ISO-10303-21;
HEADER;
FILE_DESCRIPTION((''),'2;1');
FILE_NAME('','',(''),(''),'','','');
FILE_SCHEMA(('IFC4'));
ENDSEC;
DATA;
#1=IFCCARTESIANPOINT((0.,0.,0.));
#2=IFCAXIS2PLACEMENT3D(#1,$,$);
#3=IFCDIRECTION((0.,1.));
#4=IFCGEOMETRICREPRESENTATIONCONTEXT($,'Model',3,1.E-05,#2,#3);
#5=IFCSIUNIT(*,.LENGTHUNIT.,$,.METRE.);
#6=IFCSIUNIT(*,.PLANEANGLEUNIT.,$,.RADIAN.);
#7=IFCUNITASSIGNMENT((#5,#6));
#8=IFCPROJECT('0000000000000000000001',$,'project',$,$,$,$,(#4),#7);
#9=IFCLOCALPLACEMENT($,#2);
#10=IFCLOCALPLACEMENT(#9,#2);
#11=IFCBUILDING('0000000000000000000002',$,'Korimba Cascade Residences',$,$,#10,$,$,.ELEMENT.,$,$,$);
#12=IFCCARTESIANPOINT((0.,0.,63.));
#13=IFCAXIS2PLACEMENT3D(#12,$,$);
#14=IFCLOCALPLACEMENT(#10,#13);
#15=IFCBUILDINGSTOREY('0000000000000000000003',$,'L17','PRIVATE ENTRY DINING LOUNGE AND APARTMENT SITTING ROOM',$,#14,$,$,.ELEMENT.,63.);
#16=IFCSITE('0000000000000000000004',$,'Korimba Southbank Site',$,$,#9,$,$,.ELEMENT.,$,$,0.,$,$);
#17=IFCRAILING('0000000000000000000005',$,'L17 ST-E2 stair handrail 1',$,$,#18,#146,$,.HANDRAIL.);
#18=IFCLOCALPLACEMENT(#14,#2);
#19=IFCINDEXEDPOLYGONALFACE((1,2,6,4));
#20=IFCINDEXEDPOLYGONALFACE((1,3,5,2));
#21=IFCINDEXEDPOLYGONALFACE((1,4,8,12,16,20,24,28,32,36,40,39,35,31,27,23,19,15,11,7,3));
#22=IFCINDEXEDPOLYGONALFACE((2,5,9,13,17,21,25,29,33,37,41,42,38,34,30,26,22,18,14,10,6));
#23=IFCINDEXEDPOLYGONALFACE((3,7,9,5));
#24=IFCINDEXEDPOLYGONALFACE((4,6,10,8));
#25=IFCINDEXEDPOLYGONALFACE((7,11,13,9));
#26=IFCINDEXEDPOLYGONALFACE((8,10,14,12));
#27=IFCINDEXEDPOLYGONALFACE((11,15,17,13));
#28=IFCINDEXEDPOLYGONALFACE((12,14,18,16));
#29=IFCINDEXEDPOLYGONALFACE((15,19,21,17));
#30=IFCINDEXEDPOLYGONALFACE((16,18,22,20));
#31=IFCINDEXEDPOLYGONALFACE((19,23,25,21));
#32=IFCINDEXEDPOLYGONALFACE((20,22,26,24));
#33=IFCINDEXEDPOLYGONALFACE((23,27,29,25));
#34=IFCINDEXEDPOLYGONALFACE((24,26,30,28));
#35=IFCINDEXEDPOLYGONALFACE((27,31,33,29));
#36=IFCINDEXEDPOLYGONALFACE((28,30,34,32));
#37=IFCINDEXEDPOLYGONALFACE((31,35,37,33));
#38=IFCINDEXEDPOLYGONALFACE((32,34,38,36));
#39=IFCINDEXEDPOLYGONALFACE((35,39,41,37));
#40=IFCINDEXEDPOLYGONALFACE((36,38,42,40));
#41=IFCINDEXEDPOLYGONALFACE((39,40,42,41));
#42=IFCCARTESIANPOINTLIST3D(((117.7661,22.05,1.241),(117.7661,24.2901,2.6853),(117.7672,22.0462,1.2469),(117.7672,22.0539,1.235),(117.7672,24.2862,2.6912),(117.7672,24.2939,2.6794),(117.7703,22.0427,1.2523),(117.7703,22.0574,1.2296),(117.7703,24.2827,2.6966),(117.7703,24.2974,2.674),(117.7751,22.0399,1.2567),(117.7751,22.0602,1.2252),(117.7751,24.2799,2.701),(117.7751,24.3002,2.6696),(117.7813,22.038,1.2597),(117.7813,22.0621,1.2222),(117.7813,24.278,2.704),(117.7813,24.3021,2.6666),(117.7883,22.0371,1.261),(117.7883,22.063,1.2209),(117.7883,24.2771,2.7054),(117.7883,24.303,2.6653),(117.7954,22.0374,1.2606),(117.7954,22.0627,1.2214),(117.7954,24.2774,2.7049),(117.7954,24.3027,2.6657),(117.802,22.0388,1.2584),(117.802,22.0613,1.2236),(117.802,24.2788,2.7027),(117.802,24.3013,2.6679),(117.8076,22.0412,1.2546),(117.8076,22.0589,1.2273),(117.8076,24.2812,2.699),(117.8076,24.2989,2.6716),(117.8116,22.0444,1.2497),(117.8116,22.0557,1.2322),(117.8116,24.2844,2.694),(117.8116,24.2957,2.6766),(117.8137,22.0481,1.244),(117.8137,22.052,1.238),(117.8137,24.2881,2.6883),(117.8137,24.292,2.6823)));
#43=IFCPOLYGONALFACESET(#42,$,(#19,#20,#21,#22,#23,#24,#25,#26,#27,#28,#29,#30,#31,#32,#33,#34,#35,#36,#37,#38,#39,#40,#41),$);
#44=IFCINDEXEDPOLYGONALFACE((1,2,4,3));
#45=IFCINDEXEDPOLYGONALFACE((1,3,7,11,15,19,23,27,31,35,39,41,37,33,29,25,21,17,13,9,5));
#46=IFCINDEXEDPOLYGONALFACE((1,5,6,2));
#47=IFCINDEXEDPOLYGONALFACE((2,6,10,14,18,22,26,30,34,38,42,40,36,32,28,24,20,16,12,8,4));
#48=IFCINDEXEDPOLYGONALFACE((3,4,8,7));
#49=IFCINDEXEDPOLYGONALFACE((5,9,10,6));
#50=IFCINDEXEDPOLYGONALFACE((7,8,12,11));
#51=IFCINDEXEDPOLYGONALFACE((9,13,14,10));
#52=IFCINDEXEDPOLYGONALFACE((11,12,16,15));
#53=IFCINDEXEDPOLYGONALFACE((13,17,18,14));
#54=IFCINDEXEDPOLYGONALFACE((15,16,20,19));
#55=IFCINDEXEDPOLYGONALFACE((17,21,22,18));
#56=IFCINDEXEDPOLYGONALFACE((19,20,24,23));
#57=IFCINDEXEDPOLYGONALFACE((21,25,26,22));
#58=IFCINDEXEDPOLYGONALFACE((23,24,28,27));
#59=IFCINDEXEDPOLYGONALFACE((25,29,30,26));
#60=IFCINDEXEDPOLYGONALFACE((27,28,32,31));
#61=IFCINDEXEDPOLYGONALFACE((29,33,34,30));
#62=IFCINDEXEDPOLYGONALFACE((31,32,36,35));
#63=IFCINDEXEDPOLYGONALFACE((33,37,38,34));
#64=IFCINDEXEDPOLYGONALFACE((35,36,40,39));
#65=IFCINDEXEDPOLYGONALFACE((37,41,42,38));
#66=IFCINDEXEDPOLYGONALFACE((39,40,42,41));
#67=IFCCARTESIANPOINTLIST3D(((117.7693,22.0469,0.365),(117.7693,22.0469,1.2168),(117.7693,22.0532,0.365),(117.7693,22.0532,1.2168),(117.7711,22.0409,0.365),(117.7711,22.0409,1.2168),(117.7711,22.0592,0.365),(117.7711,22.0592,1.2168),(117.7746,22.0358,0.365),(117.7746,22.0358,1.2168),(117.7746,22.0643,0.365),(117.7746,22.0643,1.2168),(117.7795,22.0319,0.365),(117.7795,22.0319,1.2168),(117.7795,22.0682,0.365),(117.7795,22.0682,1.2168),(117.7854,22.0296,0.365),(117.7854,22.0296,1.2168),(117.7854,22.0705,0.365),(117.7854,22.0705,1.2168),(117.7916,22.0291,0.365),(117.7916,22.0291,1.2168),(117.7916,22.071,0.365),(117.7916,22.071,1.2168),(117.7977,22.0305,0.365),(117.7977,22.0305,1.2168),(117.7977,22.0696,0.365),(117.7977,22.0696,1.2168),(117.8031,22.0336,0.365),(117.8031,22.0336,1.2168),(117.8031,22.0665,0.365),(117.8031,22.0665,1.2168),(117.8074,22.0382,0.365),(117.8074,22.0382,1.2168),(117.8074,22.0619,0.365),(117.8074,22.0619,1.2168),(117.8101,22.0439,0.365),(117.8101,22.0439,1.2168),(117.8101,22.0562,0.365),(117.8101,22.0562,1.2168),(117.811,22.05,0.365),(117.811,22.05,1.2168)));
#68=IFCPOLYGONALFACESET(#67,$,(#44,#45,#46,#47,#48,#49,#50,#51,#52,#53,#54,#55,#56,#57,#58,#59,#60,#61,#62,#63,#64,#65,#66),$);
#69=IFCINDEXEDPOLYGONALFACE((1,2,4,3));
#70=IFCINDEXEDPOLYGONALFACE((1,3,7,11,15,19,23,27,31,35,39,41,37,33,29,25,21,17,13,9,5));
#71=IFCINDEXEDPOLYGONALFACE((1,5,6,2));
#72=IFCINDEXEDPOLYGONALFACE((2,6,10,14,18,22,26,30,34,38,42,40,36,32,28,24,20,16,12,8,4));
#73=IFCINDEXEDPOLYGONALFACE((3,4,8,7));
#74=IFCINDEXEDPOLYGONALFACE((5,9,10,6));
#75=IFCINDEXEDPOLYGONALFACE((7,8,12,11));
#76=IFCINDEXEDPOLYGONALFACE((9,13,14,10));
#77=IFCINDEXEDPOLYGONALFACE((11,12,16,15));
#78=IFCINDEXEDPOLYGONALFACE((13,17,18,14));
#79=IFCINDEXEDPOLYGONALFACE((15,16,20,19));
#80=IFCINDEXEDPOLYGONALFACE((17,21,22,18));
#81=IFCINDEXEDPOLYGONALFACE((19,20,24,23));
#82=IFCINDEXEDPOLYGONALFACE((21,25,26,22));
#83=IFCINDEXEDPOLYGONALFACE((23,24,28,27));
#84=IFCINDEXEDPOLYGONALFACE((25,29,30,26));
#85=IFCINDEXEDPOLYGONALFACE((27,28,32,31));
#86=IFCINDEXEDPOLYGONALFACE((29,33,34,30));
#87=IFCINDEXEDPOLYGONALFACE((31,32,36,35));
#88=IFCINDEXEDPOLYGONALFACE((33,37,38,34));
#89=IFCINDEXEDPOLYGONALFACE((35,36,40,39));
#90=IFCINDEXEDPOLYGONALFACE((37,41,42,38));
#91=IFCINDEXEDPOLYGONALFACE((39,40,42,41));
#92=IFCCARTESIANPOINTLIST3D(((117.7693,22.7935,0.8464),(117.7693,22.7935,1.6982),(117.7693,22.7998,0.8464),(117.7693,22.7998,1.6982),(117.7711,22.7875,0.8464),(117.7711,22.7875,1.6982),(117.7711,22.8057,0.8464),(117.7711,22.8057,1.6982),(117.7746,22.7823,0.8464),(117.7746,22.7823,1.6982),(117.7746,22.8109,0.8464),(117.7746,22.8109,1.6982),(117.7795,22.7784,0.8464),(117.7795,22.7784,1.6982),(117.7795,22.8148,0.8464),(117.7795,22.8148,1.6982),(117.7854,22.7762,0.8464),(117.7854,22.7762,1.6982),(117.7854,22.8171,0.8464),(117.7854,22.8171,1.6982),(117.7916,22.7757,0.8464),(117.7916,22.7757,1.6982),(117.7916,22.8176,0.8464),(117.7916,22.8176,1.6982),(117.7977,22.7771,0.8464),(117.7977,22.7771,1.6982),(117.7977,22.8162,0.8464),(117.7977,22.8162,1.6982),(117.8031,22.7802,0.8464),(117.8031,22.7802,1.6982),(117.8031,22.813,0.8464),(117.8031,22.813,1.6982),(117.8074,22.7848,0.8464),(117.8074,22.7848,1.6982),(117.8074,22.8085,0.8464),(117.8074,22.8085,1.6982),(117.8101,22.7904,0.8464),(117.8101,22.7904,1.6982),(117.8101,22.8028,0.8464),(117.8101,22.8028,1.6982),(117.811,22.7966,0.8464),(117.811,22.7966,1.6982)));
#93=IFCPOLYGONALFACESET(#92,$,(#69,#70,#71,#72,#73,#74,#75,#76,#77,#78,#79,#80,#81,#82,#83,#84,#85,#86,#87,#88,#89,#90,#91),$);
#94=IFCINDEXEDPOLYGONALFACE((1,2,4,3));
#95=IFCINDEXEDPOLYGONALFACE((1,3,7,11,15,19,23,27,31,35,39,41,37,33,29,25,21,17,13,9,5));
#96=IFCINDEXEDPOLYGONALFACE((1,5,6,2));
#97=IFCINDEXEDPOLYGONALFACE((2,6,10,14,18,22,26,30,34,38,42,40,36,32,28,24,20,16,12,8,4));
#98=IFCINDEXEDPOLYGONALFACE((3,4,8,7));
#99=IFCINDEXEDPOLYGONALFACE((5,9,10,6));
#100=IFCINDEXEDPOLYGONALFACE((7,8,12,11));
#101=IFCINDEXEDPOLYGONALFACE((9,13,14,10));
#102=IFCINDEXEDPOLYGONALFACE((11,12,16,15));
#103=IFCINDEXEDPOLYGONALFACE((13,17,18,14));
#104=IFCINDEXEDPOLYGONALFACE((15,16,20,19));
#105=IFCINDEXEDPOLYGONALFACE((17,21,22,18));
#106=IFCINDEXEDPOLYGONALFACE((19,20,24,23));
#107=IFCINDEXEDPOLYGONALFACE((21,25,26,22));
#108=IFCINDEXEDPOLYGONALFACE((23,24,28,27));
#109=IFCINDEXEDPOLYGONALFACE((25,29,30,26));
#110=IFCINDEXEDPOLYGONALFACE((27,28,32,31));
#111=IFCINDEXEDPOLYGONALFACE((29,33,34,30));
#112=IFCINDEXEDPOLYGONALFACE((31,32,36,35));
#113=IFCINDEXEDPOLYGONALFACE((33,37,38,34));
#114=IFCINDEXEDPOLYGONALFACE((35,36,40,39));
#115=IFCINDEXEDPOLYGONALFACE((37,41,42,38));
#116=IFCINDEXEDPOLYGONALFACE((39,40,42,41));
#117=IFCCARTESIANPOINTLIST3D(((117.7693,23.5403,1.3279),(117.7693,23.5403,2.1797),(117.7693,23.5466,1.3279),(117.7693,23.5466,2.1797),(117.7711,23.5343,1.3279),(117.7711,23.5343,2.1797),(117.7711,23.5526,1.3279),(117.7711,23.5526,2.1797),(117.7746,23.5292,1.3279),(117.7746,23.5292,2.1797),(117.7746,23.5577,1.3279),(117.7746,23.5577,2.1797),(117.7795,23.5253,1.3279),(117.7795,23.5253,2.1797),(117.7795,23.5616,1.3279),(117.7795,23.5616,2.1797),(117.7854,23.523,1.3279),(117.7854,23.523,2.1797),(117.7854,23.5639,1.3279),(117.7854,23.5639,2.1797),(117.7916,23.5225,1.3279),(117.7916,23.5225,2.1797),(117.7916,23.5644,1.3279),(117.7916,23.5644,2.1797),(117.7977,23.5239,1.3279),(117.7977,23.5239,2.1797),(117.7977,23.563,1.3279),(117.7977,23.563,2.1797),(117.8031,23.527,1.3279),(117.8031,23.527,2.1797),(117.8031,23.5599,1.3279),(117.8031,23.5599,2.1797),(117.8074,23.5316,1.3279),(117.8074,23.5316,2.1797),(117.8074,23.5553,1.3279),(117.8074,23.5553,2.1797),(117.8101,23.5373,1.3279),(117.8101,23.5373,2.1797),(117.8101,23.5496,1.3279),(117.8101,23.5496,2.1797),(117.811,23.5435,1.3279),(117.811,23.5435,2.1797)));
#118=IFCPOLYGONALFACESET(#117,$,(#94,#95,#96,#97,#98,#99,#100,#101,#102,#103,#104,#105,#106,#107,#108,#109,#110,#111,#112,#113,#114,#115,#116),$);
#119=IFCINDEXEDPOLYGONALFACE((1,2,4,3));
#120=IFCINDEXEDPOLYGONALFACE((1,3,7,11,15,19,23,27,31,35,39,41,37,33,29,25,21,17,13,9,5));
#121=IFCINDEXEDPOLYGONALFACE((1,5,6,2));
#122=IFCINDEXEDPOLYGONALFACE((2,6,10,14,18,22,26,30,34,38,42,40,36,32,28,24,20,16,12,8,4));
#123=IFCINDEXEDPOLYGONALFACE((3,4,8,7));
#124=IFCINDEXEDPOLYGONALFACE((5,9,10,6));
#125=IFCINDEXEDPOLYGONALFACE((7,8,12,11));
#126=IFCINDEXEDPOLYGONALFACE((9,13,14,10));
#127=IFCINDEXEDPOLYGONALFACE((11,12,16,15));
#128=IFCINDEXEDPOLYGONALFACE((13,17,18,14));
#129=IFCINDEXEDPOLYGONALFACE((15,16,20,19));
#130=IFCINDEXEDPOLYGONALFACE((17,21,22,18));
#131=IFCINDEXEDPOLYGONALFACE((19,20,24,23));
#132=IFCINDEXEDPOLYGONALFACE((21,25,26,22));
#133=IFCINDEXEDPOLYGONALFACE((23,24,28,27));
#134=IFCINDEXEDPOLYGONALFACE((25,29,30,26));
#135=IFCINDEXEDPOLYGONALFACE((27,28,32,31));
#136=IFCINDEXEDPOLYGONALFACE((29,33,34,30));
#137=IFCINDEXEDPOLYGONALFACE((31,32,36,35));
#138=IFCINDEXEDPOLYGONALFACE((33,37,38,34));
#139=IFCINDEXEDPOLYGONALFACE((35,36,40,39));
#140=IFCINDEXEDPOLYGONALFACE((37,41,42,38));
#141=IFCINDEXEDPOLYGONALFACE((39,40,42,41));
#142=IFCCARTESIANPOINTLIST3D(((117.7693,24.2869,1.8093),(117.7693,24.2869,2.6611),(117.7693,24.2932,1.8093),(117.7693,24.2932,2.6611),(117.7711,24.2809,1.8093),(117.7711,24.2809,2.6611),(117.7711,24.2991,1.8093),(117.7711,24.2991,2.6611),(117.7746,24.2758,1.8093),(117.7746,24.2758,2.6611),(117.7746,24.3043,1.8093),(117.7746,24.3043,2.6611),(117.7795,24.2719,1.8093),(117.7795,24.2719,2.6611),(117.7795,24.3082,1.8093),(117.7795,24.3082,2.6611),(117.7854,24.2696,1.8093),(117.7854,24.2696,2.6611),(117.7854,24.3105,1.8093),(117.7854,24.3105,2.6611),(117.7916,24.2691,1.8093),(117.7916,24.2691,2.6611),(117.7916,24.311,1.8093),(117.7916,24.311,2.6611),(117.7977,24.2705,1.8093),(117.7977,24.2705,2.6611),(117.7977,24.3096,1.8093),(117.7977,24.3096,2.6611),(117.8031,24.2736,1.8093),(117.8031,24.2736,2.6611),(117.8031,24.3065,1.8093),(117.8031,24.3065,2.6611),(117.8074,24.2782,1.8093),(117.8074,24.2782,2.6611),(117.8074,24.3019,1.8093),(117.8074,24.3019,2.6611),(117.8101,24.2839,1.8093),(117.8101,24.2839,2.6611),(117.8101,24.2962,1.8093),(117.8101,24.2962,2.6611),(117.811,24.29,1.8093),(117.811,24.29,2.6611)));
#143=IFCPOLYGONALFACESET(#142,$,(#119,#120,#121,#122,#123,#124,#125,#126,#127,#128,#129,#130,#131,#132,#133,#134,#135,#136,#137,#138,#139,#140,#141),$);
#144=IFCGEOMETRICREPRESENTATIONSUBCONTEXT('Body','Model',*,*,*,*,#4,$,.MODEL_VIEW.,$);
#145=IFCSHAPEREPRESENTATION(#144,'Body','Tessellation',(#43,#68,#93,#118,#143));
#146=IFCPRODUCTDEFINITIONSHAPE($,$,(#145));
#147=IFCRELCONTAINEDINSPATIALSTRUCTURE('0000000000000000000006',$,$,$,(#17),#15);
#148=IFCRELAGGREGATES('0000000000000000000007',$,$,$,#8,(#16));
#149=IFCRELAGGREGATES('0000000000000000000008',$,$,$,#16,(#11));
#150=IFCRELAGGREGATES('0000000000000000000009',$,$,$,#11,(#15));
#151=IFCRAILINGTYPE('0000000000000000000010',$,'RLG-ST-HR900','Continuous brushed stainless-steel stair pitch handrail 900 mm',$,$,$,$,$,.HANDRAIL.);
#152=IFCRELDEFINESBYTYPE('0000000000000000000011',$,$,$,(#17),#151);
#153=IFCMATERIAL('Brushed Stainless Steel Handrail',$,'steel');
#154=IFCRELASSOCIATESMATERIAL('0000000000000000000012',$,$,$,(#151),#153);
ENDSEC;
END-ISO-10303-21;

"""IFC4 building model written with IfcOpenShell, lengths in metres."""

from ifc_helpers import new_model, si_unit, direction, frame, origin, origin_2d, place, context, subcontext, project, spatial, circle, extrude, material, type_object, element, save


model = new_model("IFC4")

# Units and contexts
model_context = context("Model", 3, precision=1e-05, world=origin(), true_north=direction((0.0, 1.0)))
body_context = subcontext(model_context, "Body", "Model", "MODEL_VIEW")
ifc_project = project(units=[si_unit("LENGTHUNIT", "METRE"), si_unit("PLANEANGLEUNIT", "RADIAN")], contexts=[model_context])

# Site, building, storey
site_placement = place(None, origin())
site = spatial("IfcSite", under=ifc_project, at=site_placement, Name="Korimba Southbank Site", CompositionType="ELEMENT", RefElevation=0.0)
building_placement = place(site_placement, origin())
building = spatial("IfcBuilding", under=site, at=building_placement, Name="Korimba Cascade Residences", CompositionType="ELEMENT")
storey_placement = place(building_placement, frame((0.0, 0.0, 63.0)))
storey = spatial("IfcBuildingStorey", under=building, at=storey_placement, Name="L17", Description="PRIVATE ENTRY DINING LOUNGE AND APARTMENT SITTING ROOM", CompositionType="ELEMENT", Elevation=63.0)

# Railing
ifc_material_1 = material(Name="Brushed Stainless Steel Handrail", Category="steel")
railing_type_1 = type_object("IfcRailingType", Name="RLG-ST-HR900", Description="Continuous brushed stainless-steel stair pitch handrail 900 mm", PredefinedType="HANDRAIL", material=ifc_material_1)
railing_1_placement = place(storey_placement, frame((117.79, 22.05, 0.365)))
element("IfcRailing", 1, at=railing_1_placement, inside=storey, type_object=railing_type_1, Name="L17 ST-E2 stair handrail 1", PredefinedType="HANDRAIL", context=body_context, shape_type="SweptSolid", body=[
    extrude(circle(Radius=0.0239, at=origin_2d()), frame((0.0, 0.0, 0.876), z_axis=(0.0, 0.840437, 0.54191), x_axis=(-1.0, 0.0, 0.0)), (0.0, 0.0, 1.0), 2.6653),
    extrude(circle(Radius=0.021, at=origin_2d()), origin(), (0.0, 0.0, 1.0), 0.8518),
    extrude(circle(Radius=0.021, at=origin_2d()), frame((0.0, 0.7466, 0.4814)), (0.0, 0.0, 1.0), 0.8518),
    extrude(circle(Radius=0.021, at=origin_2d()), frame((0.0, 1.4934, 0.9629)), (0.0, 0.0, 1.0), 0.8518),
    extrude(circle(Radius=0.021, at=origin_2d()), frame((0.0, 2.24, 1.4443)), (0.0, 0.0, 1.0), 0.8518),
])

save(model, "model.ifc")
